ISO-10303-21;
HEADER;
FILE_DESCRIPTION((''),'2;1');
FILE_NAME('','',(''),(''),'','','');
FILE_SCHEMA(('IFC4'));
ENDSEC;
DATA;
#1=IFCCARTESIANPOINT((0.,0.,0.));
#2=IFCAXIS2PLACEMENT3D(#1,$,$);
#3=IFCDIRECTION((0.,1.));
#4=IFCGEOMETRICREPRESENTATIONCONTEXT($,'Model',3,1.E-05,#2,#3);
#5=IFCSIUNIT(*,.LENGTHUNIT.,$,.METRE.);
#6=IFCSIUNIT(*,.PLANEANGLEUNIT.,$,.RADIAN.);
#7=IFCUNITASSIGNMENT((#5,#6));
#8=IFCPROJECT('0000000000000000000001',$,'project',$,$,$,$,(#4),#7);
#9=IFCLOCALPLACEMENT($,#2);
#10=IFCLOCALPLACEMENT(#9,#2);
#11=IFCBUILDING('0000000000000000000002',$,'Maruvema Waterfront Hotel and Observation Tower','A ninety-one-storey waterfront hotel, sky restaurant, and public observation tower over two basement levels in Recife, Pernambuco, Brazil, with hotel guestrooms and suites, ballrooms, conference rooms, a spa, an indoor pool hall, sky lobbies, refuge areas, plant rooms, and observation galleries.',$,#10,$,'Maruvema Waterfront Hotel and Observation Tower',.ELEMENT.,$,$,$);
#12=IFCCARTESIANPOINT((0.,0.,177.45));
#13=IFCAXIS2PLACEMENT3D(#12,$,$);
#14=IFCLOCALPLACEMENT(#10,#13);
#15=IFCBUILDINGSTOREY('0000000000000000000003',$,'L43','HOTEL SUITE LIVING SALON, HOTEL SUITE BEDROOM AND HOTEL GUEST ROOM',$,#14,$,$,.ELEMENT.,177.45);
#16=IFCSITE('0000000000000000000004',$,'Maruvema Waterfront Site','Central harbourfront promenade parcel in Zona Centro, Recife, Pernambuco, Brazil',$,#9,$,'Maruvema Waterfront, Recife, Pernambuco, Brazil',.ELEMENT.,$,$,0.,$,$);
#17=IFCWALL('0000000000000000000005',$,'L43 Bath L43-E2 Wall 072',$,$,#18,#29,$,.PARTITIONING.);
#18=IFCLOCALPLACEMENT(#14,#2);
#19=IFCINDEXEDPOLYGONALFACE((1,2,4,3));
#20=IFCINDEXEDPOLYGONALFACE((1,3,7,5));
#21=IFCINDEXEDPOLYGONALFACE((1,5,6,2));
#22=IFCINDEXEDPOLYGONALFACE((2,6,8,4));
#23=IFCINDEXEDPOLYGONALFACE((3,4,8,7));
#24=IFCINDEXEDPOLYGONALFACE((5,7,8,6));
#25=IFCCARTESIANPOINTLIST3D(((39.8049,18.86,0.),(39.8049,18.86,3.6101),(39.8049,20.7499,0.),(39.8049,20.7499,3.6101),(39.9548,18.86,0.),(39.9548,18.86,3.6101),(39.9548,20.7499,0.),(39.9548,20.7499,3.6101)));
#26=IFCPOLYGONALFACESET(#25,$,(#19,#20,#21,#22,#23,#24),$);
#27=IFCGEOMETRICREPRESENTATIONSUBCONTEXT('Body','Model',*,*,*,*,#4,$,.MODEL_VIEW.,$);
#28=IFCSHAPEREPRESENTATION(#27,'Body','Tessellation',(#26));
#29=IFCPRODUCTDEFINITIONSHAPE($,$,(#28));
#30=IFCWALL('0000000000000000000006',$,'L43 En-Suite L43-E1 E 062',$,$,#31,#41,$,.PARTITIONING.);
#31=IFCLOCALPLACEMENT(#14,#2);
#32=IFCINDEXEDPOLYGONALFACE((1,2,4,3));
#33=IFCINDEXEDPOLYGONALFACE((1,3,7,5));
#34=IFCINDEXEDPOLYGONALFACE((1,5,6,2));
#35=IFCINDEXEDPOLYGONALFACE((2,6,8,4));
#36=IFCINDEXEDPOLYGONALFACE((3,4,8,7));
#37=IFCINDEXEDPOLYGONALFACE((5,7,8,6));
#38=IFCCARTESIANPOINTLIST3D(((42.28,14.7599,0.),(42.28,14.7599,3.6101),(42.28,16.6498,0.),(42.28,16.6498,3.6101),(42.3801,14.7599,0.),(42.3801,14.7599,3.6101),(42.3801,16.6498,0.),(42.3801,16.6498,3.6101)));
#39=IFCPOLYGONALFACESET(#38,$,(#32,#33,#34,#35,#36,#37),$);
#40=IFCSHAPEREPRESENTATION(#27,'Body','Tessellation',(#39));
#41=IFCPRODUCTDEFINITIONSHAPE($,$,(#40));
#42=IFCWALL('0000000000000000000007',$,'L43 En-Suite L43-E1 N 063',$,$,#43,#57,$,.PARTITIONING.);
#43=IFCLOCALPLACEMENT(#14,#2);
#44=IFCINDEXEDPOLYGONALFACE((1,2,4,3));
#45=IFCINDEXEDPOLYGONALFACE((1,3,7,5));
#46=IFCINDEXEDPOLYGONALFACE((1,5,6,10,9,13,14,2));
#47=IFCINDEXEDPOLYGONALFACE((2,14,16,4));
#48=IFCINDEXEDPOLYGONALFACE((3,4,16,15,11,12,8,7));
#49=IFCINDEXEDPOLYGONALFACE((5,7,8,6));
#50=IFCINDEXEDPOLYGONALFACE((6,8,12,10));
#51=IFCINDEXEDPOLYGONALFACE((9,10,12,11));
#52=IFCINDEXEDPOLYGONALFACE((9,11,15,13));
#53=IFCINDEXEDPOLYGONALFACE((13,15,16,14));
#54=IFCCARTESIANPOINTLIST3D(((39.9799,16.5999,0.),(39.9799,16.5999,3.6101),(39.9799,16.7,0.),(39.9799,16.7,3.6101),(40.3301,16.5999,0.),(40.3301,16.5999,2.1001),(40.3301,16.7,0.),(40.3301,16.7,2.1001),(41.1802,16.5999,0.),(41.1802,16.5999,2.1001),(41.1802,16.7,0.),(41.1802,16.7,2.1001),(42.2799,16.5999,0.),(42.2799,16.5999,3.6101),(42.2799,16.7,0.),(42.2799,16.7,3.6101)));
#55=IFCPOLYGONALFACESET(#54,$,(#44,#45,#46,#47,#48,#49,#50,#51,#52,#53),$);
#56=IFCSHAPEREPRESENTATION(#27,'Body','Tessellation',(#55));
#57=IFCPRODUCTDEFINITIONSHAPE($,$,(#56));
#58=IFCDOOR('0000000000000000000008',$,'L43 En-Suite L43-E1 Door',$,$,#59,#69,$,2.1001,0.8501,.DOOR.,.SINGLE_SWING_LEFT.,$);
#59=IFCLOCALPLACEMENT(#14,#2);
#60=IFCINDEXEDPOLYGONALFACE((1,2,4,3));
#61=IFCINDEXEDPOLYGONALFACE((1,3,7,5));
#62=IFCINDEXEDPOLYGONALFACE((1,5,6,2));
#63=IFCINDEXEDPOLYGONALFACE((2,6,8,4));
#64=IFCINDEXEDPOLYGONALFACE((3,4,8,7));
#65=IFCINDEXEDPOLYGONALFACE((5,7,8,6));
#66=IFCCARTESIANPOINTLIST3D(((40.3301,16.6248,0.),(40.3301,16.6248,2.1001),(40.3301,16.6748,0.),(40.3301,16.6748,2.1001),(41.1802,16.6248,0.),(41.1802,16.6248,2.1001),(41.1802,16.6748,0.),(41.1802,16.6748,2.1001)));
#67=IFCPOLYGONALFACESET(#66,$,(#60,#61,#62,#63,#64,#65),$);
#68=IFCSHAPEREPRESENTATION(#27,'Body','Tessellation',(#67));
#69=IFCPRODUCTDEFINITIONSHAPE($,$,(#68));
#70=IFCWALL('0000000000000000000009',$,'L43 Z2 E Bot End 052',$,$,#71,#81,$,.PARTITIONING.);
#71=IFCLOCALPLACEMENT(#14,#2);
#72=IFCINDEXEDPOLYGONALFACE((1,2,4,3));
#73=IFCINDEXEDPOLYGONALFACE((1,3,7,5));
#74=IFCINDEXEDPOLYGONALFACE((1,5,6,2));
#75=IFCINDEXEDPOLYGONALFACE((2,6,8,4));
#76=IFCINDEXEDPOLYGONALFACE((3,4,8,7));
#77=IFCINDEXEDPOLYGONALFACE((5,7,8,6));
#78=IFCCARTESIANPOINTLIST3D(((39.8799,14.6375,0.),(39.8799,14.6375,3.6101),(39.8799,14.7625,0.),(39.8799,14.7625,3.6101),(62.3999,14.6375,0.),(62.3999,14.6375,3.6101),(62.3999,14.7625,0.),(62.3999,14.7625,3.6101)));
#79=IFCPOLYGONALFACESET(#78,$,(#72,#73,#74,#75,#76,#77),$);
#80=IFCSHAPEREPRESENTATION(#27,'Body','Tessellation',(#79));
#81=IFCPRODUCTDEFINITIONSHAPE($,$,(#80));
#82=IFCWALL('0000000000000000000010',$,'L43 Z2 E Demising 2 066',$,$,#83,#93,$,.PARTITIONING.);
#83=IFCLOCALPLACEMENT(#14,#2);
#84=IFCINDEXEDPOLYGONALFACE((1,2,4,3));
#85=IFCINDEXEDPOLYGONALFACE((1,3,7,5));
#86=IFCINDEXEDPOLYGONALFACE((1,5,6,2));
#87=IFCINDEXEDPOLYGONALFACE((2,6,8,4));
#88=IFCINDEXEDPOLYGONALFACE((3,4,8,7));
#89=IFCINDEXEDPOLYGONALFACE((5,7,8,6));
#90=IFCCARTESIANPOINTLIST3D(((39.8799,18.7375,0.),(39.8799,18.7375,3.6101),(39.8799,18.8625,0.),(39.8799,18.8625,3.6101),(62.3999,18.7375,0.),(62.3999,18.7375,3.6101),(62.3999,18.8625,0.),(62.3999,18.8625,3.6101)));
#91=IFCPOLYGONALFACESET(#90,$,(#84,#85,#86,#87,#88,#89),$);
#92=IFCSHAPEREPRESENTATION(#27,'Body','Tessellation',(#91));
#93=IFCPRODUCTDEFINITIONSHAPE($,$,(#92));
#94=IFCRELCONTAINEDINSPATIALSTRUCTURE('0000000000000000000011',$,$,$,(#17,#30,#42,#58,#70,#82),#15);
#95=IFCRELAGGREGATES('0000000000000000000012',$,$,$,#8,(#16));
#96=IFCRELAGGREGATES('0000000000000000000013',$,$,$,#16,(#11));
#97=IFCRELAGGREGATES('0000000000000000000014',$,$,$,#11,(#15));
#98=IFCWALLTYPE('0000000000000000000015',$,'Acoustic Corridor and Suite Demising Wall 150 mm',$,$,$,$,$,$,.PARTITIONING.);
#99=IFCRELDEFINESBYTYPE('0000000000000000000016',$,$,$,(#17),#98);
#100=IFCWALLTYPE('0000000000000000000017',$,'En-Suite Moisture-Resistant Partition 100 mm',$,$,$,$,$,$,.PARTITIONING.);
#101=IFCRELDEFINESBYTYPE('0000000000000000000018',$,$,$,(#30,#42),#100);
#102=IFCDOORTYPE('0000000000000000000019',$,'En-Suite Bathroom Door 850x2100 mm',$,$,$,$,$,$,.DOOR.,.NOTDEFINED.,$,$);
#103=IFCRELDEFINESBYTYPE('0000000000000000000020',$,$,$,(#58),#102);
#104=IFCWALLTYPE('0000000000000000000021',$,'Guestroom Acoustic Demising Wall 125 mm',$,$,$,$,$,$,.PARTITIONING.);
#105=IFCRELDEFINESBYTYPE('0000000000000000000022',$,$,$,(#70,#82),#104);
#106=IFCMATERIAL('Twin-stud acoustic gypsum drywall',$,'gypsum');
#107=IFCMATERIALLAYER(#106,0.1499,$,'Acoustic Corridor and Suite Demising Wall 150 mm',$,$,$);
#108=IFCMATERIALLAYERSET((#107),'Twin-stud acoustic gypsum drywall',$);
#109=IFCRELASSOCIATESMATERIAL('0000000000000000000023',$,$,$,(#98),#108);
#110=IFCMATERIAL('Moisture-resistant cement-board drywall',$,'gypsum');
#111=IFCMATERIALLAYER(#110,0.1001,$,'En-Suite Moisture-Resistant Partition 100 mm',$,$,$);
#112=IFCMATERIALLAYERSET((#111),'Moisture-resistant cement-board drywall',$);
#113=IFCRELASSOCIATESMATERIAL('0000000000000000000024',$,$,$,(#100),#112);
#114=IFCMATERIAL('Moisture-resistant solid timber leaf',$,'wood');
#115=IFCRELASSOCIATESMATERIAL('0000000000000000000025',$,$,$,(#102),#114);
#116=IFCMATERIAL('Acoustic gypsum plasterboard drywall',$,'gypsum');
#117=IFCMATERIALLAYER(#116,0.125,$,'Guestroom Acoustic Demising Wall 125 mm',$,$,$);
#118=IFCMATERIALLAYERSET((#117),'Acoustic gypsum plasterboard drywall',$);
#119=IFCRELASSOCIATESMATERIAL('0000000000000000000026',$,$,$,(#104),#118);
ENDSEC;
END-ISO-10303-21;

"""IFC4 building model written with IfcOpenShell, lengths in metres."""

from ifc_helpers import new_model, si_unit, direction, frame, frame_2d, origin, place, context, subcontext, project, spatial, rectangle, extrude, material, layer, layer_set, type_object, element, fill, save


model = new_model("IFC4")

# Units and contexts
model_context = context("Model", 3, precision=1e-05, world=origin(), true_north=direction((0.0, 1.0)))
body_context = subcontext(model_context, "Body", "Model", "MODEL_VIEW")
ifc_project = project(units=[si_unit("LENGTHUNIT", "METRE"), si_unit("PLANEANGLEUNIT", "RADIAN")], contexts=[model_context])

# Site, building, storey
site_placement = place(None, origin())
site = spatial("IfcSite", under=ifc_project, at=site_placement, Name="Maruvema Waterfront Site", Description="Central harbourfront promenade parcel in Zona Centro, Recife, Pernambuco, Brazil", LongName="Maruvema Waterfront, Recife, Pernambuco, Brazil", CompositionType="ELEMENT", RefElevation=0.0)
building_placement = place(site_placement, origin())
building = spatial("IfcBuilding", under=site, at=building_placement, Name="Maruvema Waterfront Hotel and Observation Tower", Description="A ninety-one-storey waterfront hotel, sky restaurant, and public observation tower over two basement levels in Recife, Pernambuco, Brazil, with hotel guestrooms and suites, ballrooms, conference rooms, a spa, an indoor pool hall, sky lobbies, refuge areas, plant rooms, and observation galleries.", LongName="Maruvema Waterfront Hotel and Observation Tower", CompositionType="ELEMENT")
storey_placement = place(building_placement, frame((0.0, 0.0, 177.45)))
storey = spatial("IfcBuildingStorey", under=building, at=storey_placement, Name="L43", Description="HOTEL SUITE LIVING SALON, HOTEL SUITE BEDROOM AND HOTEL GUEST ROOM", CompositionType="ELEMENT", Elevation=177.45)

# Shared definitions
ifc_material_1 = material(Name="Twin-stud acoustic gypsum drywall", Category="gypsum")
ifc_layer_1 = layer(ifc_material_1, 0.1499, Name="Acoustic Corridor and Suite Demising Wall 150 mm")
ifc_layer_set_1 = layer_set([ifc_layer_1], Name="Twin-stud acoustic gypsum drywall")
wall_type_1 = type_object("IfcWallType", Name="Acoustic Corridor and Suite Demising Wall 150 mm", PredefinedType="PARTITIONING", material=ifc_layer_set_1)

# Walls
wall_1_placement = place(storey_placement, frame((39.8799, 18.8601, 0.0), z_axis=(0.0, 0.0, 1.0), x_axis=(0.0, 1.0, 0.0)))
element("IfcWall", 1, at=wall_1_placement, inside=storey, type_object=wall_type_1, Name="L43 Bath L43-E2 Wall 072", PredefinedType="PARTITIONING", context=body_context, shape_type="SweptSolid", body=[
    extrude(rectangle(XDim=1.8899, YDim=0.1499, at=frame_2d((0.9448, 0.0))), origin(), (0.0, 0.0, 1.0), 3.6101),
])
ifc_material_2 = material(Name="Moisture-resistant cement-board drywall", Category="gypsum")
ifc_layer_2 = layer(ifc_material_2, 0.1001, Name="En-Suite Moisture-Resistant Partition 100 mm")
ifc_layer_set_2 = layer_set([ifc_layer_2], Name="Moisture-resistant cement-board drywall")
wall_type_2 = type_object("IfcWallType", Name="En-Suite Moisture-Resistant Partition 100 mm", PredefinedType="PARTITIONING", material=ifc_layer_set_2)
wall_2_placement = place(storey_placement, frame((42.3301, 14.76, 0.0), z_axis=(0.0, 0.0, 1.0), x_axis=(0.0, 1.0, 0.0)))
element("IfcWall", 2, at=wall_2_placement, inside=storey, type_object=wall_type_2, Name="L43 En-Suite L43-E1 E 062", PredefinedType="PARTITIONING", context=body_context, shape_type="SweptSolid", body=[
    extrude(rectangle(XDim=1.8899, YDim=0.1001, at=frame_2d((0.9448, 0.0))), origin(), (0.0, 0.0, 1.0), 3.6101),
])

# Wall, opening, door
wall_3_placement = place(storey_placement, frame((39.98, 16.6499, 0.0), z_axis=(0.0, 0.0, 1.0), x_axis=(1.0, 0.0, 0.0)))
wall_3 = element("IfcWall", 3, at=wall_3_placement, inside=storey, type_object=wall_type_2, Name="L43 En-Suite L43-E1 N 063", PredefinedType="PARTITIONING", context=body_context, shape_type="SweptSolid", body=[
    extrude(rectangle(XDim=2.3, YDim=0.1001, at=frame_2d((1.1499, 0.0))), origin(), (0.0, 0.0, 1.0), 3.6101),
])
opening_1_placement = place(wall_3_placement, frame((0.3501, 0.0, 0.0)))
opening_1 = element("IfcOpeningElement", 4, at=opening_1_placement, cuts=wall_3, PredefinedType="OPENING", context=body_context, shape_type="SweptSolid", body=[
    extrude(rectangle(XDim=0.8501, YDim=2.1001, at=frame_2d((0.425, 1.05))), frame((0.0, 0.0601, 0.0), z_axis=(0.0, -1.0, 0.0), x_axis=(1.0, 0.0, 0.0)), (0.0, 0.0, 1.0), 0.1201),
])
ifc_material_3 = material(Name="Moisture-resistant solid timber leaf", Category="wood")
door_type_1 = type_object("IfcDoorType", Name="En-Suite Bathroom Door 850x2100 mm", OperationType="NOTDEFINED", PredefinedType="DOOR", material=ifc_material_3)
door_1_placement = place(opening_1_placement, origin())
door_1 = element("IfcDoor", 5, at=door_1_placement, inside=storey, type_object=door_type_1, Name="L43 En-Suite L43-E1 Door", OperationType="SINGLE_SWING_LEFT", OverallHeight=2.1001, OverallWidth=0.8501, PredefinedType="DOOR", context=body_context, shape_type="SweptSolid", body=[
    extrude(rectangle(XDim=0.8501, YDim=2.1001, at=frame_2d((0.425, 1.05))), frame((0.0, 0.0249, 0.0), z_axis=(0.0, -1.0, 0.0), x_axis=(1.0, 0.0, 0.0)), (0.0, 0.0, 1.0), 0.05),
])
fill(opening_1, door_1)

# Walls
ifc_material_4 = material(Name="Acoustic gypsum plasterboard drywall", Category="gypsum")
ifc_layer_3 = layer(ifc_material_4, 0.125, Name="Guestroom Acoustic Demising Wall 125 mm")
ifc_layer_set_3 = layer_set([ifc_layer_3], Name="Acoustic gypsum plasterboard drywall")
wall_type_3 = type_object("IfcWallType", Name="Guestroom Acoustic Demising Wall 125 mm", PredefinedType="PARTITIONING", material=ifc_layer_set_3)
for number, where, z_axis, x_axis, name in (
    (6, (39.8799, 14.7, 0.0), (0.0, 0.0, 1.0), (1.0, 0.0, 0.0), "L43 Z2 E Bot End 052"),
    (7, (39.8799, 18.8, 0.0), (0.0, 0.0, 1.0), (1.0, 0.0, 0.0), "L43 Z2 E Demising 2 066"),
):
    element("IfcWall", number, at=place(storey_placement, frame(where, z_axis=z_axis, x_axis=x_axis)), inside=storey, type_object=wall_type_3, Name=name, PredefinedType="PARTITIONING", context=body_context, shape_type="SweptSolid", body=[
        extrude(rectangle(XDim=22.52, YDim=0.125, at=frame_2d((11.26, 0.0))), origin(), (0.0, 0.0, 1.0), 3.6101),
    ])

save(model, "model.ifc")
